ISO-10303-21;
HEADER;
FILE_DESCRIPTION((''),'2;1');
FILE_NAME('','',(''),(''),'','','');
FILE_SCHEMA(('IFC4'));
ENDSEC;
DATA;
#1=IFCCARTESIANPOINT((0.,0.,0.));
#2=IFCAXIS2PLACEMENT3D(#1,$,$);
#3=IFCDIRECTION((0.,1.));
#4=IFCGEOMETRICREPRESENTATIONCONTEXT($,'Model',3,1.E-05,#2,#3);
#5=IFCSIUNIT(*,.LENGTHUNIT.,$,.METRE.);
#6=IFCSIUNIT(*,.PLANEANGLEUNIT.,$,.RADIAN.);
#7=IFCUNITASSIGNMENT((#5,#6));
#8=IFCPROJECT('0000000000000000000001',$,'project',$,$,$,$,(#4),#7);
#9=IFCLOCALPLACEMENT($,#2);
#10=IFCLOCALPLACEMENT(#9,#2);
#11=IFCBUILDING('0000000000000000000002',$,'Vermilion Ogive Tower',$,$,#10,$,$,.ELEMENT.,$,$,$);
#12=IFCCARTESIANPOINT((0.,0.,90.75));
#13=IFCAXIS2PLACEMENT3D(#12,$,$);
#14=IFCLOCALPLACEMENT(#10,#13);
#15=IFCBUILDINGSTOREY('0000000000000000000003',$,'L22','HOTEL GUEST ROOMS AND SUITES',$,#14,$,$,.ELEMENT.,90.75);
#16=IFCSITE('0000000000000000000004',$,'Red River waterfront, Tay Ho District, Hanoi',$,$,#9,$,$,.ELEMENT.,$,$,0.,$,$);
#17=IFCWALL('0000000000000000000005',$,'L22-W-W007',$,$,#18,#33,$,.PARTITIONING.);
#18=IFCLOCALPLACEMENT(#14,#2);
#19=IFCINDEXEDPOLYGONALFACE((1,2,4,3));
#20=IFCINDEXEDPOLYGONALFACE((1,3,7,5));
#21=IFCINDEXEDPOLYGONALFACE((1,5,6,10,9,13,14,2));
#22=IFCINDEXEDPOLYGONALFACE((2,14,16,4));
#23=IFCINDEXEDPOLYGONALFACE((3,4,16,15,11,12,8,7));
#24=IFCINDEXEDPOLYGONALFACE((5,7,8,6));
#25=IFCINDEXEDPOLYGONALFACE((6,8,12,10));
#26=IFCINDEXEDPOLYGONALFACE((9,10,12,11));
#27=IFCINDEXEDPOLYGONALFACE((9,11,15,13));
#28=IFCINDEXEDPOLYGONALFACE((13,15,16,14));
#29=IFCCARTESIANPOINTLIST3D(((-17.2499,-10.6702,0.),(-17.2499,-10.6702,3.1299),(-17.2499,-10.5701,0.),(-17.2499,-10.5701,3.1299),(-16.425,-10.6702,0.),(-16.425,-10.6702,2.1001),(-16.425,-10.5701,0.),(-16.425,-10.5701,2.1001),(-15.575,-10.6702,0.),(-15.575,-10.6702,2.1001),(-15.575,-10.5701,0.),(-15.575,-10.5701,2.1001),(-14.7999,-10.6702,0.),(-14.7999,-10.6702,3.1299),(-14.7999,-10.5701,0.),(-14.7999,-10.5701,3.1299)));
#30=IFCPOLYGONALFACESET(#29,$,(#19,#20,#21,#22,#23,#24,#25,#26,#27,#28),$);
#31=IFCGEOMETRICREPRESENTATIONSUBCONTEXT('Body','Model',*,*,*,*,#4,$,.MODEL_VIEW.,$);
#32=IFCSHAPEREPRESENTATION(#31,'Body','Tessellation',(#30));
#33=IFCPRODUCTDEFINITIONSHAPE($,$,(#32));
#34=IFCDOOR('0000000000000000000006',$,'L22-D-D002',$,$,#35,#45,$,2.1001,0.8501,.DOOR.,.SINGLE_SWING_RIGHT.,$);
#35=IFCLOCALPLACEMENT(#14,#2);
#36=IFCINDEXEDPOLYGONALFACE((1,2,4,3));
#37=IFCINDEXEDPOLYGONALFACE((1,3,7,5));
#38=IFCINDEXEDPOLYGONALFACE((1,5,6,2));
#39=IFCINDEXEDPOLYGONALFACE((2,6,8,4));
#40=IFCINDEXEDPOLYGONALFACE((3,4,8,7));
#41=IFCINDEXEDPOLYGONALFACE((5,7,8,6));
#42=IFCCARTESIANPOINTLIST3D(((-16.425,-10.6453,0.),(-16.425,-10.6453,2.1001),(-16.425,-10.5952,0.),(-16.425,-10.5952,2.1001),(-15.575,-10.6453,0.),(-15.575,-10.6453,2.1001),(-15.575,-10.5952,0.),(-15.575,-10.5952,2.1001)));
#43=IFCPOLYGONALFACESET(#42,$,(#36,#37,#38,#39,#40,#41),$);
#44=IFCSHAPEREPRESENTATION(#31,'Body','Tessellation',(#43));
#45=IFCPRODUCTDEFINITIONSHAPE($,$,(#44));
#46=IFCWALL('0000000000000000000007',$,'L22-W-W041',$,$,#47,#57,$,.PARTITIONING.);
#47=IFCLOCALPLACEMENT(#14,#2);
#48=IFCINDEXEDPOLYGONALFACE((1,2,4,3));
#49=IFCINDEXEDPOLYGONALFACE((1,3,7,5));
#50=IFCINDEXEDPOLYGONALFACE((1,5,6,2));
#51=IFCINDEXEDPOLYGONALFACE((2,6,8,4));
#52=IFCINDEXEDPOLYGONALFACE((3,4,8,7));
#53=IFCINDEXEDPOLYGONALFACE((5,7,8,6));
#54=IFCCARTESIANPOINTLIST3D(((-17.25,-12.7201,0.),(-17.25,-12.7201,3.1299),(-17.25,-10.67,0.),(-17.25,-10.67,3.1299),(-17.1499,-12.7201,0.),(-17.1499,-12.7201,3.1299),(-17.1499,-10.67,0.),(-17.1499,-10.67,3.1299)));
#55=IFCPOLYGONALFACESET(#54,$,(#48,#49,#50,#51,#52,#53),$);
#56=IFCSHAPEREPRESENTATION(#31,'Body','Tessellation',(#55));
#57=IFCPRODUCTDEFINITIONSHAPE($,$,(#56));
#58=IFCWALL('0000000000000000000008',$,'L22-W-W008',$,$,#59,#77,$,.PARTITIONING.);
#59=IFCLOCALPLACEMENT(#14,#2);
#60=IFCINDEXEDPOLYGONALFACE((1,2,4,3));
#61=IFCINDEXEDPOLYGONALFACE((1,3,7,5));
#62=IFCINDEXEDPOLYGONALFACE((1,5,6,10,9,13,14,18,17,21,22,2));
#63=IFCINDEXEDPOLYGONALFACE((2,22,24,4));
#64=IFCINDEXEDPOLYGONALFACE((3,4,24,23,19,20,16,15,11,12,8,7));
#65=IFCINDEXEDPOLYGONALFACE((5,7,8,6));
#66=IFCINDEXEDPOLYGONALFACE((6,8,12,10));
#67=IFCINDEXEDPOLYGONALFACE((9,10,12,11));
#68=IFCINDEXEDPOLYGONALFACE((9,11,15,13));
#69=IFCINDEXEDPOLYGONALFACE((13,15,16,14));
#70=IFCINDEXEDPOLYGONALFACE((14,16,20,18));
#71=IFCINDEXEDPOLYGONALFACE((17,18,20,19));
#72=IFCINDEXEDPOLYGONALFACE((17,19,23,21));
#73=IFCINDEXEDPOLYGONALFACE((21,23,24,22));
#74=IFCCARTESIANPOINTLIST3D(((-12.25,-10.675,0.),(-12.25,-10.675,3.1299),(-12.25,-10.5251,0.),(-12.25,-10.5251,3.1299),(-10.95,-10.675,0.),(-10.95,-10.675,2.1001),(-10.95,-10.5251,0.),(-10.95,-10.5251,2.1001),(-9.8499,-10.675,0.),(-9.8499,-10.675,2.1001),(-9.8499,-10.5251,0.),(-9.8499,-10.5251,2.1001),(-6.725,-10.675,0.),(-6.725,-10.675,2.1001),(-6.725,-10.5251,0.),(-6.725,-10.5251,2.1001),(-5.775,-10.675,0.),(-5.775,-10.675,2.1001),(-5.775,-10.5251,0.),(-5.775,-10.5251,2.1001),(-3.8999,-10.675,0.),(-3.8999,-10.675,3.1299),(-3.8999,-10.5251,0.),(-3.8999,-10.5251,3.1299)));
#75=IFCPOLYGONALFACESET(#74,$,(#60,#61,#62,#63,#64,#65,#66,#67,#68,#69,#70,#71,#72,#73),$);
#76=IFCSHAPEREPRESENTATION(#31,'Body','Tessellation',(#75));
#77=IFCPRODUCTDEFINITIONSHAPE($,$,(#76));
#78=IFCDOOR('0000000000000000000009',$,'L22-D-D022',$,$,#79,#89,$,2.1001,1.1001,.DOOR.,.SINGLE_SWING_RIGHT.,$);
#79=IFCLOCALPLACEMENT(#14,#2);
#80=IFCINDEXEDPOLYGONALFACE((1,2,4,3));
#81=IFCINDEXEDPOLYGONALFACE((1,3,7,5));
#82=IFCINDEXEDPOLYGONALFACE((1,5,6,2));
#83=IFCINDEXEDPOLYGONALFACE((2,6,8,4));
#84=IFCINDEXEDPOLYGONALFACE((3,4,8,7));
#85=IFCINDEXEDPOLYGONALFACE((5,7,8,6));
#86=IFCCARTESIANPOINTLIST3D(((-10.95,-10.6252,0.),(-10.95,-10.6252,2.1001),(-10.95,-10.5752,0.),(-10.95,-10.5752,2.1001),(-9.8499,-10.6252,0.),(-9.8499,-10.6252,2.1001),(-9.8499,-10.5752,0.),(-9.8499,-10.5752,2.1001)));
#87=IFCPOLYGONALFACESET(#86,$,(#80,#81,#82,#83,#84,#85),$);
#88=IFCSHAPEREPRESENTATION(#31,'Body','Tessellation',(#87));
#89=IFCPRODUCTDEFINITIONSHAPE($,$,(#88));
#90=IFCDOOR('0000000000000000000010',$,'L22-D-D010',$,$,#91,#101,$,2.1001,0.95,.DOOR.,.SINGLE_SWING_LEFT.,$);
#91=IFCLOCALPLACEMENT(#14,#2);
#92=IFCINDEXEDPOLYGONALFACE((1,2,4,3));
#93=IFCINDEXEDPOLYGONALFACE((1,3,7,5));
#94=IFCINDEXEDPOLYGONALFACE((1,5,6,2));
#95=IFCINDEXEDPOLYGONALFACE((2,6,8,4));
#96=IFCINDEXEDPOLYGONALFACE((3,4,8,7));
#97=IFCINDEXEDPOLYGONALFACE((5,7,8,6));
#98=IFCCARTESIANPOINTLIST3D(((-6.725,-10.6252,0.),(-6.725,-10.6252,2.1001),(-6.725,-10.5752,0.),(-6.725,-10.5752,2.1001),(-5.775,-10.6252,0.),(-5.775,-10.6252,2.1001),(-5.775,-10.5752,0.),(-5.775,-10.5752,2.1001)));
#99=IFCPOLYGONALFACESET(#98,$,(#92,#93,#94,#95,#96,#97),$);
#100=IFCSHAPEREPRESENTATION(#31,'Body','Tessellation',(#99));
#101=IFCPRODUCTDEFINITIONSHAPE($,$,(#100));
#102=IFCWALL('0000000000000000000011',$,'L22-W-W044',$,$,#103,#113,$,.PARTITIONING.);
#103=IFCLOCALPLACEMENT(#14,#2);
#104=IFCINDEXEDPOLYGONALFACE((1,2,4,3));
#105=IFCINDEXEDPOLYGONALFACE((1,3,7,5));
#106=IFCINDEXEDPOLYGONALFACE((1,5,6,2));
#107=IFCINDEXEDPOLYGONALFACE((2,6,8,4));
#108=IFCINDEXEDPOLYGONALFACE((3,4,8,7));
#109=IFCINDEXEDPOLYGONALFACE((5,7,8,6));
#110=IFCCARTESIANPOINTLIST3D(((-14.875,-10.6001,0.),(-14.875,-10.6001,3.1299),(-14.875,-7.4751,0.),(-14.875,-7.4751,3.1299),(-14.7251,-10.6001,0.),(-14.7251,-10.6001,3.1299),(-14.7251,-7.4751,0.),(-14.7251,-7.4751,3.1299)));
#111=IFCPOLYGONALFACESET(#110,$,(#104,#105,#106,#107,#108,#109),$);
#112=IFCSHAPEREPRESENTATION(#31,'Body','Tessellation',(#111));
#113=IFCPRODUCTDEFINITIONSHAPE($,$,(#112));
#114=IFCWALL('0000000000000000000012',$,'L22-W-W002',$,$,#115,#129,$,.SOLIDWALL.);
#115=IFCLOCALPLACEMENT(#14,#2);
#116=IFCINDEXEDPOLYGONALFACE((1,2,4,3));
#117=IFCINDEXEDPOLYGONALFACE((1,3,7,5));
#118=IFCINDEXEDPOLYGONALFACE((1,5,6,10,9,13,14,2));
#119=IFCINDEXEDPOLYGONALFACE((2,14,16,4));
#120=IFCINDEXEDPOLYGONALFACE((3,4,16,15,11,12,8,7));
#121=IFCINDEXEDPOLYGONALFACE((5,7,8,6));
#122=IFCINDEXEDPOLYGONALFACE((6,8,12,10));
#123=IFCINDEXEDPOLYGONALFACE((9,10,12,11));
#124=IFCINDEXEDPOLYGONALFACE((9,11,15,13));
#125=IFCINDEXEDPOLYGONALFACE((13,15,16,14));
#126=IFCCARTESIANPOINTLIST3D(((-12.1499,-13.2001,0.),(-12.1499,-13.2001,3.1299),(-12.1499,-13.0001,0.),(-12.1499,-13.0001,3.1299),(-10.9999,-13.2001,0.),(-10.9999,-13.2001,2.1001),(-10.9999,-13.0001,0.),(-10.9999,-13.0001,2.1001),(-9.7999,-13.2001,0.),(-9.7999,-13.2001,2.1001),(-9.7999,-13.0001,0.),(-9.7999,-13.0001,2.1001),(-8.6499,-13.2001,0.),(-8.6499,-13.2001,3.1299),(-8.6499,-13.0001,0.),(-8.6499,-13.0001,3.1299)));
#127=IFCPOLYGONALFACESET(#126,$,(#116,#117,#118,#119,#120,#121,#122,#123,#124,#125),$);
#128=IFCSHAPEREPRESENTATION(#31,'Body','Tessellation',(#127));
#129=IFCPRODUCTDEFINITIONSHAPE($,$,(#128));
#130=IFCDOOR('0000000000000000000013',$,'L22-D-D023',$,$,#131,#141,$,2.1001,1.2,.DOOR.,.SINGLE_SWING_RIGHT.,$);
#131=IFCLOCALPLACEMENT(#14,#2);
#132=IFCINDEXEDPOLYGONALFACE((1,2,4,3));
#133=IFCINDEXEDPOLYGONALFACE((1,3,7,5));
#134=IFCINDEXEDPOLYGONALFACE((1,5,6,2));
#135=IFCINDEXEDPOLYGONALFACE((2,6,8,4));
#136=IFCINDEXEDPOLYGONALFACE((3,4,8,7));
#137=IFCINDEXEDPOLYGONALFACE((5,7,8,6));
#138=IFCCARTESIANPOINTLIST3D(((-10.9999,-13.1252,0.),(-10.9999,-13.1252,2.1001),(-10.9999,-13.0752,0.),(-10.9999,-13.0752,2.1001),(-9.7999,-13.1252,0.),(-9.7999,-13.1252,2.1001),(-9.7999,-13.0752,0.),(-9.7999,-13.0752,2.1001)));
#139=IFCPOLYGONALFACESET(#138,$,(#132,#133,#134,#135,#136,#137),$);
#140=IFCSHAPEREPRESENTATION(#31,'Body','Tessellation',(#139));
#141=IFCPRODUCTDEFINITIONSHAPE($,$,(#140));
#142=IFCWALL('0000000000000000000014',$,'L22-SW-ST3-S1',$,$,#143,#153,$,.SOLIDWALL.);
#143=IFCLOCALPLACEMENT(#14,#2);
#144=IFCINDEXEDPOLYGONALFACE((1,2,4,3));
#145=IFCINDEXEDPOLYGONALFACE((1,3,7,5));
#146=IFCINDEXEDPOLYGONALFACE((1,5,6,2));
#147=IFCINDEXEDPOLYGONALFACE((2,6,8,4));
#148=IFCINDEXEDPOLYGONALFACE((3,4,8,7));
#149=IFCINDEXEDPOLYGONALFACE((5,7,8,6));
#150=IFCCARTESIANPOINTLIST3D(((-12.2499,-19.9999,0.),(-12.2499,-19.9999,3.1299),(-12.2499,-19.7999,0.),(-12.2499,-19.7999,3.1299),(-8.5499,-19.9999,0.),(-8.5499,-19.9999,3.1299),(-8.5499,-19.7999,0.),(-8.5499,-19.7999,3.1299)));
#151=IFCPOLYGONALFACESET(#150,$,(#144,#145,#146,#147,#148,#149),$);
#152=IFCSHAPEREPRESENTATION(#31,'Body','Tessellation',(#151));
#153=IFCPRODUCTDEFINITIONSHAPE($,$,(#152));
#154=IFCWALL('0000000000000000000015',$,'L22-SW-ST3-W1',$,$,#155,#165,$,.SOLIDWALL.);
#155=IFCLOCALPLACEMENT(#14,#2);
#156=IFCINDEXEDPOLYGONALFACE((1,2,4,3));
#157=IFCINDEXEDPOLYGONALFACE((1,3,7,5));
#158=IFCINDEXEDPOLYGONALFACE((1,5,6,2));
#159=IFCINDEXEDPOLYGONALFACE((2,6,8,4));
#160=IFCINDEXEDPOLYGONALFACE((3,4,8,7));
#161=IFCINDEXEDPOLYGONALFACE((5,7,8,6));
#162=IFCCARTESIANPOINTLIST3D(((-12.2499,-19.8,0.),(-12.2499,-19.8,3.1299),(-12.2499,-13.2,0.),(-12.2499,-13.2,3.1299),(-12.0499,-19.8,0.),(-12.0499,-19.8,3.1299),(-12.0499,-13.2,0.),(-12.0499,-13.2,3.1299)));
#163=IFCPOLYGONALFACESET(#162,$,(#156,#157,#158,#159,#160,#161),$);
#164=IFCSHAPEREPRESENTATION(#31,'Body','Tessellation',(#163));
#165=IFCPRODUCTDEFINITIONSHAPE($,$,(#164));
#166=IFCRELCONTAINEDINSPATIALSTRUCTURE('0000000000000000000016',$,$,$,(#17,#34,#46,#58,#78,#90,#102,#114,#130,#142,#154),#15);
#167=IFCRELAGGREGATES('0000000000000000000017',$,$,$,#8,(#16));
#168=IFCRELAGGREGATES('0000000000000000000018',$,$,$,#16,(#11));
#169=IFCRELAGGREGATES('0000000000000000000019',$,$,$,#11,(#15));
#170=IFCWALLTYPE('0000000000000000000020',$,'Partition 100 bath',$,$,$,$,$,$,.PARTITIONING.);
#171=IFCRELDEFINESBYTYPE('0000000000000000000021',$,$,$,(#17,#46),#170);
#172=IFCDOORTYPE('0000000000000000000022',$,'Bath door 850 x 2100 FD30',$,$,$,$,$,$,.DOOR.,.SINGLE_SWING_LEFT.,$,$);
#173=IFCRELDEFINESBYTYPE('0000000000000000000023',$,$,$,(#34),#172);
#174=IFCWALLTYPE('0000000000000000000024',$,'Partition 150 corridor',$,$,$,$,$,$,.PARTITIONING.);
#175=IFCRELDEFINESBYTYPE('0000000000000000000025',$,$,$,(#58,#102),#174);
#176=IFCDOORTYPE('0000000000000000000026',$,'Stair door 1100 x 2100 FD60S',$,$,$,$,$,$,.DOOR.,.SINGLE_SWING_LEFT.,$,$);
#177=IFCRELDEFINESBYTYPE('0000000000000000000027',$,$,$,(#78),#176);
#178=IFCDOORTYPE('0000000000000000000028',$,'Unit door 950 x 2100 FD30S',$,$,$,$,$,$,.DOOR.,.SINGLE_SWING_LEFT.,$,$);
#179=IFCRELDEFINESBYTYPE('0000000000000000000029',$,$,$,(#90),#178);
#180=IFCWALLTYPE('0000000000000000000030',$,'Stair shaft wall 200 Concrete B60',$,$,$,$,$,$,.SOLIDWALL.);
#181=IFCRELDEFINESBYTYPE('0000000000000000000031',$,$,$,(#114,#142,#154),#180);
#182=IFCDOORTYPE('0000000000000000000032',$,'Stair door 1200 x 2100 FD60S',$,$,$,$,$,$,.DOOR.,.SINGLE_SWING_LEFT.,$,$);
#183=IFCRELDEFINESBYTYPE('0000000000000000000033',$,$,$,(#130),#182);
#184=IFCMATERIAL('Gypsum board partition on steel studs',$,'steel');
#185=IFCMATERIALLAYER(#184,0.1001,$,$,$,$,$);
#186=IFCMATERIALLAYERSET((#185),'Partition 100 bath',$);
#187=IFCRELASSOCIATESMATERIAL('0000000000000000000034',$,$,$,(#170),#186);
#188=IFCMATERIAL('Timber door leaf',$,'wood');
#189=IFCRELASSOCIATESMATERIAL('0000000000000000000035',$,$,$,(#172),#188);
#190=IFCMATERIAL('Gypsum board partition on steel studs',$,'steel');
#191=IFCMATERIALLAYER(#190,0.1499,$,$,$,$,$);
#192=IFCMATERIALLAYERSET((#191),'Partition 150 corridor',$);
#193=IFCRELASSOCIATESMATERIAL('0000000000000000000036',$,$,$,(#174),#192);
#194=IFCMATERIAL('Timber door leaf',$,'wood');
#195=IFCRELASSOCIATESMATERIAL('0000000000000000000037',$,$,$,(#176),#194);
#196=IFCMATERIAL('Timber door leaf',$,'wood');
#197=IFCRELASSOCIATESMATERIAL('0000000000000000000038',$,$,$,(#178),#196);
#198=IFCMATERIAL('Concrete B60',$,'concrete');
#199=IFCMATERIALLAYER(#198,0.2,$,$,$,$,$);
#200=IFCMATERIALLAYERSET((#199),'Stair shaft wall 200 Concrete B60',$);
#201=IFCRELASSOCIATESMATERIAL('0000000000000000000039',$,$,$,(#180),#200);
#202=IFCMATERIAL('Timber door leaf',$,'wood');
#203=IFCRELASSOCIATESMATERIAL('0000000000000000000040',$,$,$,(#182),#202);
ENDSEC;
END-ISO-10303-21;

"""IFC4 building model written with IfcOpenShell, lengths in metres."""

from ifc_helpers import new_model, si_unit, direction, frame, frame_2d, origin, place, context, subcontext, project, spatial, rectangle, extrude, material, layer, layer_set, type_object, element, fill, save


model = new_model("IFC4")

# Units and contexts
model_context = context("Model", 3, precision=1e-05, world=origin(), true_north=direction((0.0, 1.0)))
body_context = subcontext(model_context, "Body", "Model", "MODEL_VIEW")
ifc_project = project(units=[si_unit("LENGTHUNIT", "METRE"), si_unit("PLANEANGLEUNIT", "RADIAN")], contexts=[model_context])

# Site, building, storey
site_placement = place(None, origin())
site = spatial("IfcSite", under=ifc_project, at=site_placement, Name="Red River waterfront, Tay Ho District, Hanoi", CompositionType="ELEMENT", RefElevation=0.0)
building_placement = place(site_placement, origin())
building = spatial("IfcBuilding", under=site, at=building_placement, Name="Vermilion Ogive Tower", CompositionType="ELEMENT")
storey_placement = place(building_placement, frame((0.0, 0.0, 90.75)))
storey = spatial("IfcBuildingStorey", under=building, at=storey_placement, Name="L22", Description="HOTEL GUEST ROOMS AND SUITES", CompositionType="ELEMENT", Elevation=90.75)

# Wall, opening, door
ifc_material_1 = material(Name="Gypsum board partition on steel studs", Category="steel")
ifc_layer_1 = layer(ifc_material_1, 0.1001)
ifc_layer_set_1 = layer_set([ifc_layer_1], Name="Partition 100 bath")
wall_type_1 = type_object("IfcWallType", Name="Partition 100 bath", PredefinedType="PARTITIONING", material=ifc_layer_set_1)
wall_1_placement = place(storey_placement, frame((-17.25, -10.6201, 0.0), z_axis=(0.0, 0.0, 1.0), x_axis=(1.0, 0.0, 0.0)))
wall_1 = element("IfcWall", 1, at=wall_1_placement, inside=storey, type_object=wall_type_1, Name="L22-W-W007", PredefinedType="PARTITIONING", context=body_context, shape_type="SweptSolid", body=[
    extrude(rectangle(XDim=2.45, YDim=0.1001, at=frame_2d((1.2251, 0.0))), origin(), (0.0, 0.0, 1.0), 3.1299),
])
opening_1_placement = place(wall_1_placement, frame((0.825, 0.0, 0.0)))
opening_1 = element("IfcOpeningElement", 2, at=opening_1_placement, cuts=wall_1, PredefinedType="OPENING", context=body_context, shape_type="SweptSolid", body=[
    extrude(rectangle(XDim=0.8501, YDim=2.1001, at=frame_2d((0.425, 1.05))), frame((0.0, 0.0601, 0.0), z_axis=(0.0, -1.0, 0.0), x_axis=(1.0, 0.0, 0.0)), (0.0, 0.0, 1.0), 0.1201),
])
ifc_material_2 = material(Name="Timber door leaf", Category="wood")
door_type_1 = type_object("IfcDoorType", Name="Bath door 850 x 2100 FD30", OperationType="SINGLE_SWING_LEFT", PredefinedType="DOOR", material=ifc_material_2)
door_1_placement = place(opening_1_placement, origin())
door_1 = element("IfcDoor", 3, at=door_1_placement, inside=storey, type_object=door_type_1, Name="L22-D-D002", OperationType="SINGLE_SWING_RIGHT", OverallHeight=2.1001, OverallWidth=0.8501, PredefinedType="DOOR", context=body_context, shape_type="SweptSolid", body=[
    extrude(rectangle(XDim=0.8501, YDim=2.1001, at=frame_2d((0.425, 1.05))), frame((0.0, 0.0249, 0.0), z_axis=(0.0, -1.0, 0.0), x_axis=(1.0, 0.0, 0.0)), (0.0, 0.0, 1.0), 0.05),
])
fill(opening_1, door_1)

# Wall
wall_2_placement = place(storey_placement, frame((-17.2, -12.72, 0.0), z_axis=(0.0, 0.0, 1.0), x_axis=(0.0, 1.0, 0.0)))
element("IfcWall", 4, at=wall_2_placement, inside=storey, type_object=wall_type_1, Name="L22-W-W041", PredefinedType="PARTITIONING", context=body_context, shape_type="SweptSolid", body=[
    extrude(rectangle(XDim=2.05, YDim=0.1001, at=frame_2d((1.0249, 0.0))), origin(), (0.0, 0.0, 1.0), 3.1299),
])

# Wall, openings, doors
ifc_material_3 = material(Name="Gypsum board partition on steel studs", Category="steel")
ifc_layer_2 = layer(ifc_material_3, 0.1499)
ifc_layer_set_2 = layer_set([ifc_layer_2], Name="Partition 150 corridor")
wall_type_2 = type_object("IfcWallType", Name="Partition 150 corridor", PredefinedType="PARTITIONING", material=ifc_layer_set_2)
wall_3_placement = place(storey_placement, frame((-12.25, -10.6001, 0.0), z_axis=(0.0, 0.0, 1.0), x_axis=(1.0, 0.0, 0.0)))
wall_3 = element("IfcWall", 5, at=wall_3_placement, inside=storey, type_object=wall_type_2, Name="L22-W-W008", PredefinedType="PARTITIONING", context=body_context, shape_type="SweptSolid", body=[
    extrude(rectangle(XDim=8.3501, YDim=0.1499, at=frame_2d((4.175, 0.0))), origin(), (0.0, 0.0, 1.0), 3.1299),
])
opening_2_placement = place(wall_3_placement, frame((5.5249, 0.0, 0.0)))
opening_2 = element("IfcOpeningElement", 6, at=opening_2_placement, cuts=wall_3, PredefinedType="OPENING", context=body_context, shape_type="SweptSolid", body=[
    extrude(rectangle(XDim=0.95, YDim=2.1001, at=frame_2d((0.4751, 1.05))), frame((0.0, 0.085, 0.0), z_axis=(0.0, -1.0, 0.0), x_axis=(1.0, 0.0, 0.0)), (0.0, 0.0, 1.0), 0.1699),
])
opening_3_placement = place(wall_3_placement, frame((1.3, 0.0, 0.0)))
opening_3 = element("IfcOpeningElement", 7, at=opening_3_placement, cuts=wall_3, PredefinedType="OPENING", context=body_context, shape_type="SweptSolid", body=[
    extrude(rectangle(XDim=1.1001, YDim=2.1001, at=frame_2d((0.55, 1.05))), frame((0.0, 0.085, 0.0), z_axis=(0.0, -1.0, 0.0), x_axis=(1.0, 0.0, 0.0)), (0.0, 0.0, 1.0), 0.1699),
])
ifc_material_4 = material(Name="Timber door leaf", Category="wood")
door_type_2 = type_object("IfcDoorType", Name="Stair door 1100 x 2100 FD60S", OperationType="SINGLE_SWING_LEFT", PredefinedType="DOOR", material=ifc_material_4)
door_2_placement = place(opening_3_placement, origin())
door_2 = element("IfcDoor", 8, at=door_2_placement, inside=storey, type_object=door_type_2, Name="L22-D-D022", OperationType="SINGLE_SWING_RIGHT", OverallHeight=2.1001, OverallWidth=1.1001, PredefinedType="DOOR", context=body_context, shape_type="SweptSolid", body=[
    extrude(rectangle(XDim=1.1001, YDim=2.1001, at=frame_2d((0.55, 1.05))), frame((0.0, 0.0249, 0.0), z_axis=(0.0, -1.0, 0.0), x_axis=(1.0, 0.0, 0.0)), (0.0, 0.0, 1.0), 0.05),
])
fill(opening_3, door_2)
ifc_material_5 = material(Name="Timber door leaf", Category="wood")
door_type_3 = type_object("IfcDoorType", Name="Unit door 950 x 2100 FD30S", OperationType="SINGLE_SWING_LEFT", PredefinedType="DOOR", material=ifc_material_5)
door_3_placement = place(opening_2_placement, origin())
door_3 = element("IfcDoor", 9, at=door_3_placement, inside=storey, type_object=door_type_3, Name="L22-D-D010", OperationType="SINGLE_SWING_LEFT", OverallHeight=2.1001, OverallWidth=0.95, PredefinedType="DOOR", context=body_context, shape_type="SweptSolid", body=[
    extrude(rectangle(XDim=0.95, YDim=2.1001, at=frame_2d((0.4751, 1.05))), frame((0.0, 0.0249, 0.0), z_axis=(0.0, -1.0, 0.0), x_axis=(1.0, 0.0, 0.0)), (0.0, 0.0, 1.0), 0.05),
])
fill(opening_2, door_3)

# Wall
wall_4_placement = place(storey_placement, frame((-14.8, -10.6001, 0.0), z_axis=(0.0, 0.0, 1.0), x_axis=(0.0, 1.0, 0.0)))
element("IfcWall", 10, at=wall_4_placement, inside=storey, type_object=wall_type_2, Name="L22-W-W044", PredefinedType="PARTITIONING", context=body_context, shape_type="SweptSolid", body=[
    extrude(rectangle(XDim=3.125, YDim=0.1499, at=frame_2d((1.5625, 0.0))), origin(), (0.0, 0.0, 1.0), 3.1299),
])

# Wall, opening, door
ifc_material_6 = material(Name="Concrete B60", Category="concrete")
ifc_layer_3 = layer(ifc_material_6, 0.2)
ifc_layer_set_3 = layer_set([ifc_layer_3], Name="Stair shaft wall 200 Concrete B60")
wall_type_3 = type_object("IfcWallType", Name="Stair shaft wall 200 Concrete B60", PredefinedType="SOLIDWALL", material=ifc_layer_set_3)
wall_5_placement = place(storey_placement, frame((-12.1499, -13.1001, 0.0), z_axis=(0.0, 0.0, 1.0), x_axis=(1.0, 0.0, 0.0)))
wall_5 = element("IfcWall", 11, at=wall_5_placement, inside=storey, type_object=wall_type_3, Name="L22-W-W002", PredefinedType="SOLIDWALL", context=body_context, shape_type="SweptSolid", body=[
    extrude(rectangle(XDim=3.5, YDim=0.2, at=frame_2d((1.75, 0.0))), origin(), (0.0, 0.0, 1.0), 3.1299),
])
opening_4_placement = place(wall_5_placement, frame((1.1499, 0.0, 0.0)))
opening_4 = element("IfcOpeningElement", 12, at=opening_4_placement, cuts=wall_5, PredefinedType="OPENING", context=body_context, shape_type="SweptSolid", body=[
    extrude(rectangle(XDim=1.2, YDim=2.1001, at=frame_2d((0.6001, 1.05))), frame((0.0, 0.1099, 0.0), z_axis=(0.0, -1.0, 0.0), x_axis=(1.0, 0.0, 0.0)), (0.0, 0.0, 1.0), 0.22),
])
ifc_material_7 = material(Name="Timber door leaf", Category="wood")
door_type_4 = type_object("IfcDoorType", Name="Stair door 1200 x 2100 FD60S", OperationType="SINGLE_SWING_LEFT", PredefinedType="DOOR", material=ifc_material_7)
door_4_placement = place(opening_4_placement, origin())
door_4 = element("IfcDoor", 13, at=door_4_placement, inside=storey, type_object=door_type_4, Name="L22-D-D023", OperationType="SINGLE_SWING_RIGHT", OverallHeight=2.1001, OverallWidth=1.2, PredefinedType="DOOR", context=body_context, shape_type="SweptSolid", body=[
    extrude(rectangle(XDim=1.2, YDim=2.1001, at=frame_2d((0.6001, 1.05))), frame((0.0, 0.0249, 0.0), z_axis=(0.0, -1.0, 0.0), x_axis=(1.0, 0.0, 0.0)), (0.0, 0.0, 1.0), 0.05),
])
fill(opening_4, door_4)

# Walls
wall_6_placement = place(storey_placement, frame((-12.25, -19.8999, 0.0), z_axis=(0.0, 0.0, 1.0), x_axis=(1.0, 0.0, 0.0)))
element("IfcWall", 14, at=wall_6_placement, inside=storey, type_object=wall_type_3, Name="L22-SW-ST3-S1", PredefinedType="SOLIDWALL", context=body_context, shape_type="SweptSolid", body=[
    extrude(rectangle(XDim=3.7, YDim=0.2, at=frame_2d((1.8501, 0.0))), origin(), (0.0, 0.0, 1.0), 3.1299),
])
wall_7_placement = place(storey_placement, frame((-12.1499, -19.8, 0.0), z_axis=(0.0, 0.0, 1.0), x_axis=(0.0, 1.0, 0.0)))
element("IfcWall", 15, at=wall_7_placement, inside=storey, type_object=wall_type_3, Name="L22-SW-ST3-W1", PredefinedType="SOLIDWALL", context=body_context, shape_type="SweptSolid", body=[
    extrude(rectangle(XDim=6.6001, YDim=0.2, at=frame_2d((3.3, 0.0))), origin(), (0.0, 0.0, 1.0), 3.1299),
])

save(model, "model.ifc")
